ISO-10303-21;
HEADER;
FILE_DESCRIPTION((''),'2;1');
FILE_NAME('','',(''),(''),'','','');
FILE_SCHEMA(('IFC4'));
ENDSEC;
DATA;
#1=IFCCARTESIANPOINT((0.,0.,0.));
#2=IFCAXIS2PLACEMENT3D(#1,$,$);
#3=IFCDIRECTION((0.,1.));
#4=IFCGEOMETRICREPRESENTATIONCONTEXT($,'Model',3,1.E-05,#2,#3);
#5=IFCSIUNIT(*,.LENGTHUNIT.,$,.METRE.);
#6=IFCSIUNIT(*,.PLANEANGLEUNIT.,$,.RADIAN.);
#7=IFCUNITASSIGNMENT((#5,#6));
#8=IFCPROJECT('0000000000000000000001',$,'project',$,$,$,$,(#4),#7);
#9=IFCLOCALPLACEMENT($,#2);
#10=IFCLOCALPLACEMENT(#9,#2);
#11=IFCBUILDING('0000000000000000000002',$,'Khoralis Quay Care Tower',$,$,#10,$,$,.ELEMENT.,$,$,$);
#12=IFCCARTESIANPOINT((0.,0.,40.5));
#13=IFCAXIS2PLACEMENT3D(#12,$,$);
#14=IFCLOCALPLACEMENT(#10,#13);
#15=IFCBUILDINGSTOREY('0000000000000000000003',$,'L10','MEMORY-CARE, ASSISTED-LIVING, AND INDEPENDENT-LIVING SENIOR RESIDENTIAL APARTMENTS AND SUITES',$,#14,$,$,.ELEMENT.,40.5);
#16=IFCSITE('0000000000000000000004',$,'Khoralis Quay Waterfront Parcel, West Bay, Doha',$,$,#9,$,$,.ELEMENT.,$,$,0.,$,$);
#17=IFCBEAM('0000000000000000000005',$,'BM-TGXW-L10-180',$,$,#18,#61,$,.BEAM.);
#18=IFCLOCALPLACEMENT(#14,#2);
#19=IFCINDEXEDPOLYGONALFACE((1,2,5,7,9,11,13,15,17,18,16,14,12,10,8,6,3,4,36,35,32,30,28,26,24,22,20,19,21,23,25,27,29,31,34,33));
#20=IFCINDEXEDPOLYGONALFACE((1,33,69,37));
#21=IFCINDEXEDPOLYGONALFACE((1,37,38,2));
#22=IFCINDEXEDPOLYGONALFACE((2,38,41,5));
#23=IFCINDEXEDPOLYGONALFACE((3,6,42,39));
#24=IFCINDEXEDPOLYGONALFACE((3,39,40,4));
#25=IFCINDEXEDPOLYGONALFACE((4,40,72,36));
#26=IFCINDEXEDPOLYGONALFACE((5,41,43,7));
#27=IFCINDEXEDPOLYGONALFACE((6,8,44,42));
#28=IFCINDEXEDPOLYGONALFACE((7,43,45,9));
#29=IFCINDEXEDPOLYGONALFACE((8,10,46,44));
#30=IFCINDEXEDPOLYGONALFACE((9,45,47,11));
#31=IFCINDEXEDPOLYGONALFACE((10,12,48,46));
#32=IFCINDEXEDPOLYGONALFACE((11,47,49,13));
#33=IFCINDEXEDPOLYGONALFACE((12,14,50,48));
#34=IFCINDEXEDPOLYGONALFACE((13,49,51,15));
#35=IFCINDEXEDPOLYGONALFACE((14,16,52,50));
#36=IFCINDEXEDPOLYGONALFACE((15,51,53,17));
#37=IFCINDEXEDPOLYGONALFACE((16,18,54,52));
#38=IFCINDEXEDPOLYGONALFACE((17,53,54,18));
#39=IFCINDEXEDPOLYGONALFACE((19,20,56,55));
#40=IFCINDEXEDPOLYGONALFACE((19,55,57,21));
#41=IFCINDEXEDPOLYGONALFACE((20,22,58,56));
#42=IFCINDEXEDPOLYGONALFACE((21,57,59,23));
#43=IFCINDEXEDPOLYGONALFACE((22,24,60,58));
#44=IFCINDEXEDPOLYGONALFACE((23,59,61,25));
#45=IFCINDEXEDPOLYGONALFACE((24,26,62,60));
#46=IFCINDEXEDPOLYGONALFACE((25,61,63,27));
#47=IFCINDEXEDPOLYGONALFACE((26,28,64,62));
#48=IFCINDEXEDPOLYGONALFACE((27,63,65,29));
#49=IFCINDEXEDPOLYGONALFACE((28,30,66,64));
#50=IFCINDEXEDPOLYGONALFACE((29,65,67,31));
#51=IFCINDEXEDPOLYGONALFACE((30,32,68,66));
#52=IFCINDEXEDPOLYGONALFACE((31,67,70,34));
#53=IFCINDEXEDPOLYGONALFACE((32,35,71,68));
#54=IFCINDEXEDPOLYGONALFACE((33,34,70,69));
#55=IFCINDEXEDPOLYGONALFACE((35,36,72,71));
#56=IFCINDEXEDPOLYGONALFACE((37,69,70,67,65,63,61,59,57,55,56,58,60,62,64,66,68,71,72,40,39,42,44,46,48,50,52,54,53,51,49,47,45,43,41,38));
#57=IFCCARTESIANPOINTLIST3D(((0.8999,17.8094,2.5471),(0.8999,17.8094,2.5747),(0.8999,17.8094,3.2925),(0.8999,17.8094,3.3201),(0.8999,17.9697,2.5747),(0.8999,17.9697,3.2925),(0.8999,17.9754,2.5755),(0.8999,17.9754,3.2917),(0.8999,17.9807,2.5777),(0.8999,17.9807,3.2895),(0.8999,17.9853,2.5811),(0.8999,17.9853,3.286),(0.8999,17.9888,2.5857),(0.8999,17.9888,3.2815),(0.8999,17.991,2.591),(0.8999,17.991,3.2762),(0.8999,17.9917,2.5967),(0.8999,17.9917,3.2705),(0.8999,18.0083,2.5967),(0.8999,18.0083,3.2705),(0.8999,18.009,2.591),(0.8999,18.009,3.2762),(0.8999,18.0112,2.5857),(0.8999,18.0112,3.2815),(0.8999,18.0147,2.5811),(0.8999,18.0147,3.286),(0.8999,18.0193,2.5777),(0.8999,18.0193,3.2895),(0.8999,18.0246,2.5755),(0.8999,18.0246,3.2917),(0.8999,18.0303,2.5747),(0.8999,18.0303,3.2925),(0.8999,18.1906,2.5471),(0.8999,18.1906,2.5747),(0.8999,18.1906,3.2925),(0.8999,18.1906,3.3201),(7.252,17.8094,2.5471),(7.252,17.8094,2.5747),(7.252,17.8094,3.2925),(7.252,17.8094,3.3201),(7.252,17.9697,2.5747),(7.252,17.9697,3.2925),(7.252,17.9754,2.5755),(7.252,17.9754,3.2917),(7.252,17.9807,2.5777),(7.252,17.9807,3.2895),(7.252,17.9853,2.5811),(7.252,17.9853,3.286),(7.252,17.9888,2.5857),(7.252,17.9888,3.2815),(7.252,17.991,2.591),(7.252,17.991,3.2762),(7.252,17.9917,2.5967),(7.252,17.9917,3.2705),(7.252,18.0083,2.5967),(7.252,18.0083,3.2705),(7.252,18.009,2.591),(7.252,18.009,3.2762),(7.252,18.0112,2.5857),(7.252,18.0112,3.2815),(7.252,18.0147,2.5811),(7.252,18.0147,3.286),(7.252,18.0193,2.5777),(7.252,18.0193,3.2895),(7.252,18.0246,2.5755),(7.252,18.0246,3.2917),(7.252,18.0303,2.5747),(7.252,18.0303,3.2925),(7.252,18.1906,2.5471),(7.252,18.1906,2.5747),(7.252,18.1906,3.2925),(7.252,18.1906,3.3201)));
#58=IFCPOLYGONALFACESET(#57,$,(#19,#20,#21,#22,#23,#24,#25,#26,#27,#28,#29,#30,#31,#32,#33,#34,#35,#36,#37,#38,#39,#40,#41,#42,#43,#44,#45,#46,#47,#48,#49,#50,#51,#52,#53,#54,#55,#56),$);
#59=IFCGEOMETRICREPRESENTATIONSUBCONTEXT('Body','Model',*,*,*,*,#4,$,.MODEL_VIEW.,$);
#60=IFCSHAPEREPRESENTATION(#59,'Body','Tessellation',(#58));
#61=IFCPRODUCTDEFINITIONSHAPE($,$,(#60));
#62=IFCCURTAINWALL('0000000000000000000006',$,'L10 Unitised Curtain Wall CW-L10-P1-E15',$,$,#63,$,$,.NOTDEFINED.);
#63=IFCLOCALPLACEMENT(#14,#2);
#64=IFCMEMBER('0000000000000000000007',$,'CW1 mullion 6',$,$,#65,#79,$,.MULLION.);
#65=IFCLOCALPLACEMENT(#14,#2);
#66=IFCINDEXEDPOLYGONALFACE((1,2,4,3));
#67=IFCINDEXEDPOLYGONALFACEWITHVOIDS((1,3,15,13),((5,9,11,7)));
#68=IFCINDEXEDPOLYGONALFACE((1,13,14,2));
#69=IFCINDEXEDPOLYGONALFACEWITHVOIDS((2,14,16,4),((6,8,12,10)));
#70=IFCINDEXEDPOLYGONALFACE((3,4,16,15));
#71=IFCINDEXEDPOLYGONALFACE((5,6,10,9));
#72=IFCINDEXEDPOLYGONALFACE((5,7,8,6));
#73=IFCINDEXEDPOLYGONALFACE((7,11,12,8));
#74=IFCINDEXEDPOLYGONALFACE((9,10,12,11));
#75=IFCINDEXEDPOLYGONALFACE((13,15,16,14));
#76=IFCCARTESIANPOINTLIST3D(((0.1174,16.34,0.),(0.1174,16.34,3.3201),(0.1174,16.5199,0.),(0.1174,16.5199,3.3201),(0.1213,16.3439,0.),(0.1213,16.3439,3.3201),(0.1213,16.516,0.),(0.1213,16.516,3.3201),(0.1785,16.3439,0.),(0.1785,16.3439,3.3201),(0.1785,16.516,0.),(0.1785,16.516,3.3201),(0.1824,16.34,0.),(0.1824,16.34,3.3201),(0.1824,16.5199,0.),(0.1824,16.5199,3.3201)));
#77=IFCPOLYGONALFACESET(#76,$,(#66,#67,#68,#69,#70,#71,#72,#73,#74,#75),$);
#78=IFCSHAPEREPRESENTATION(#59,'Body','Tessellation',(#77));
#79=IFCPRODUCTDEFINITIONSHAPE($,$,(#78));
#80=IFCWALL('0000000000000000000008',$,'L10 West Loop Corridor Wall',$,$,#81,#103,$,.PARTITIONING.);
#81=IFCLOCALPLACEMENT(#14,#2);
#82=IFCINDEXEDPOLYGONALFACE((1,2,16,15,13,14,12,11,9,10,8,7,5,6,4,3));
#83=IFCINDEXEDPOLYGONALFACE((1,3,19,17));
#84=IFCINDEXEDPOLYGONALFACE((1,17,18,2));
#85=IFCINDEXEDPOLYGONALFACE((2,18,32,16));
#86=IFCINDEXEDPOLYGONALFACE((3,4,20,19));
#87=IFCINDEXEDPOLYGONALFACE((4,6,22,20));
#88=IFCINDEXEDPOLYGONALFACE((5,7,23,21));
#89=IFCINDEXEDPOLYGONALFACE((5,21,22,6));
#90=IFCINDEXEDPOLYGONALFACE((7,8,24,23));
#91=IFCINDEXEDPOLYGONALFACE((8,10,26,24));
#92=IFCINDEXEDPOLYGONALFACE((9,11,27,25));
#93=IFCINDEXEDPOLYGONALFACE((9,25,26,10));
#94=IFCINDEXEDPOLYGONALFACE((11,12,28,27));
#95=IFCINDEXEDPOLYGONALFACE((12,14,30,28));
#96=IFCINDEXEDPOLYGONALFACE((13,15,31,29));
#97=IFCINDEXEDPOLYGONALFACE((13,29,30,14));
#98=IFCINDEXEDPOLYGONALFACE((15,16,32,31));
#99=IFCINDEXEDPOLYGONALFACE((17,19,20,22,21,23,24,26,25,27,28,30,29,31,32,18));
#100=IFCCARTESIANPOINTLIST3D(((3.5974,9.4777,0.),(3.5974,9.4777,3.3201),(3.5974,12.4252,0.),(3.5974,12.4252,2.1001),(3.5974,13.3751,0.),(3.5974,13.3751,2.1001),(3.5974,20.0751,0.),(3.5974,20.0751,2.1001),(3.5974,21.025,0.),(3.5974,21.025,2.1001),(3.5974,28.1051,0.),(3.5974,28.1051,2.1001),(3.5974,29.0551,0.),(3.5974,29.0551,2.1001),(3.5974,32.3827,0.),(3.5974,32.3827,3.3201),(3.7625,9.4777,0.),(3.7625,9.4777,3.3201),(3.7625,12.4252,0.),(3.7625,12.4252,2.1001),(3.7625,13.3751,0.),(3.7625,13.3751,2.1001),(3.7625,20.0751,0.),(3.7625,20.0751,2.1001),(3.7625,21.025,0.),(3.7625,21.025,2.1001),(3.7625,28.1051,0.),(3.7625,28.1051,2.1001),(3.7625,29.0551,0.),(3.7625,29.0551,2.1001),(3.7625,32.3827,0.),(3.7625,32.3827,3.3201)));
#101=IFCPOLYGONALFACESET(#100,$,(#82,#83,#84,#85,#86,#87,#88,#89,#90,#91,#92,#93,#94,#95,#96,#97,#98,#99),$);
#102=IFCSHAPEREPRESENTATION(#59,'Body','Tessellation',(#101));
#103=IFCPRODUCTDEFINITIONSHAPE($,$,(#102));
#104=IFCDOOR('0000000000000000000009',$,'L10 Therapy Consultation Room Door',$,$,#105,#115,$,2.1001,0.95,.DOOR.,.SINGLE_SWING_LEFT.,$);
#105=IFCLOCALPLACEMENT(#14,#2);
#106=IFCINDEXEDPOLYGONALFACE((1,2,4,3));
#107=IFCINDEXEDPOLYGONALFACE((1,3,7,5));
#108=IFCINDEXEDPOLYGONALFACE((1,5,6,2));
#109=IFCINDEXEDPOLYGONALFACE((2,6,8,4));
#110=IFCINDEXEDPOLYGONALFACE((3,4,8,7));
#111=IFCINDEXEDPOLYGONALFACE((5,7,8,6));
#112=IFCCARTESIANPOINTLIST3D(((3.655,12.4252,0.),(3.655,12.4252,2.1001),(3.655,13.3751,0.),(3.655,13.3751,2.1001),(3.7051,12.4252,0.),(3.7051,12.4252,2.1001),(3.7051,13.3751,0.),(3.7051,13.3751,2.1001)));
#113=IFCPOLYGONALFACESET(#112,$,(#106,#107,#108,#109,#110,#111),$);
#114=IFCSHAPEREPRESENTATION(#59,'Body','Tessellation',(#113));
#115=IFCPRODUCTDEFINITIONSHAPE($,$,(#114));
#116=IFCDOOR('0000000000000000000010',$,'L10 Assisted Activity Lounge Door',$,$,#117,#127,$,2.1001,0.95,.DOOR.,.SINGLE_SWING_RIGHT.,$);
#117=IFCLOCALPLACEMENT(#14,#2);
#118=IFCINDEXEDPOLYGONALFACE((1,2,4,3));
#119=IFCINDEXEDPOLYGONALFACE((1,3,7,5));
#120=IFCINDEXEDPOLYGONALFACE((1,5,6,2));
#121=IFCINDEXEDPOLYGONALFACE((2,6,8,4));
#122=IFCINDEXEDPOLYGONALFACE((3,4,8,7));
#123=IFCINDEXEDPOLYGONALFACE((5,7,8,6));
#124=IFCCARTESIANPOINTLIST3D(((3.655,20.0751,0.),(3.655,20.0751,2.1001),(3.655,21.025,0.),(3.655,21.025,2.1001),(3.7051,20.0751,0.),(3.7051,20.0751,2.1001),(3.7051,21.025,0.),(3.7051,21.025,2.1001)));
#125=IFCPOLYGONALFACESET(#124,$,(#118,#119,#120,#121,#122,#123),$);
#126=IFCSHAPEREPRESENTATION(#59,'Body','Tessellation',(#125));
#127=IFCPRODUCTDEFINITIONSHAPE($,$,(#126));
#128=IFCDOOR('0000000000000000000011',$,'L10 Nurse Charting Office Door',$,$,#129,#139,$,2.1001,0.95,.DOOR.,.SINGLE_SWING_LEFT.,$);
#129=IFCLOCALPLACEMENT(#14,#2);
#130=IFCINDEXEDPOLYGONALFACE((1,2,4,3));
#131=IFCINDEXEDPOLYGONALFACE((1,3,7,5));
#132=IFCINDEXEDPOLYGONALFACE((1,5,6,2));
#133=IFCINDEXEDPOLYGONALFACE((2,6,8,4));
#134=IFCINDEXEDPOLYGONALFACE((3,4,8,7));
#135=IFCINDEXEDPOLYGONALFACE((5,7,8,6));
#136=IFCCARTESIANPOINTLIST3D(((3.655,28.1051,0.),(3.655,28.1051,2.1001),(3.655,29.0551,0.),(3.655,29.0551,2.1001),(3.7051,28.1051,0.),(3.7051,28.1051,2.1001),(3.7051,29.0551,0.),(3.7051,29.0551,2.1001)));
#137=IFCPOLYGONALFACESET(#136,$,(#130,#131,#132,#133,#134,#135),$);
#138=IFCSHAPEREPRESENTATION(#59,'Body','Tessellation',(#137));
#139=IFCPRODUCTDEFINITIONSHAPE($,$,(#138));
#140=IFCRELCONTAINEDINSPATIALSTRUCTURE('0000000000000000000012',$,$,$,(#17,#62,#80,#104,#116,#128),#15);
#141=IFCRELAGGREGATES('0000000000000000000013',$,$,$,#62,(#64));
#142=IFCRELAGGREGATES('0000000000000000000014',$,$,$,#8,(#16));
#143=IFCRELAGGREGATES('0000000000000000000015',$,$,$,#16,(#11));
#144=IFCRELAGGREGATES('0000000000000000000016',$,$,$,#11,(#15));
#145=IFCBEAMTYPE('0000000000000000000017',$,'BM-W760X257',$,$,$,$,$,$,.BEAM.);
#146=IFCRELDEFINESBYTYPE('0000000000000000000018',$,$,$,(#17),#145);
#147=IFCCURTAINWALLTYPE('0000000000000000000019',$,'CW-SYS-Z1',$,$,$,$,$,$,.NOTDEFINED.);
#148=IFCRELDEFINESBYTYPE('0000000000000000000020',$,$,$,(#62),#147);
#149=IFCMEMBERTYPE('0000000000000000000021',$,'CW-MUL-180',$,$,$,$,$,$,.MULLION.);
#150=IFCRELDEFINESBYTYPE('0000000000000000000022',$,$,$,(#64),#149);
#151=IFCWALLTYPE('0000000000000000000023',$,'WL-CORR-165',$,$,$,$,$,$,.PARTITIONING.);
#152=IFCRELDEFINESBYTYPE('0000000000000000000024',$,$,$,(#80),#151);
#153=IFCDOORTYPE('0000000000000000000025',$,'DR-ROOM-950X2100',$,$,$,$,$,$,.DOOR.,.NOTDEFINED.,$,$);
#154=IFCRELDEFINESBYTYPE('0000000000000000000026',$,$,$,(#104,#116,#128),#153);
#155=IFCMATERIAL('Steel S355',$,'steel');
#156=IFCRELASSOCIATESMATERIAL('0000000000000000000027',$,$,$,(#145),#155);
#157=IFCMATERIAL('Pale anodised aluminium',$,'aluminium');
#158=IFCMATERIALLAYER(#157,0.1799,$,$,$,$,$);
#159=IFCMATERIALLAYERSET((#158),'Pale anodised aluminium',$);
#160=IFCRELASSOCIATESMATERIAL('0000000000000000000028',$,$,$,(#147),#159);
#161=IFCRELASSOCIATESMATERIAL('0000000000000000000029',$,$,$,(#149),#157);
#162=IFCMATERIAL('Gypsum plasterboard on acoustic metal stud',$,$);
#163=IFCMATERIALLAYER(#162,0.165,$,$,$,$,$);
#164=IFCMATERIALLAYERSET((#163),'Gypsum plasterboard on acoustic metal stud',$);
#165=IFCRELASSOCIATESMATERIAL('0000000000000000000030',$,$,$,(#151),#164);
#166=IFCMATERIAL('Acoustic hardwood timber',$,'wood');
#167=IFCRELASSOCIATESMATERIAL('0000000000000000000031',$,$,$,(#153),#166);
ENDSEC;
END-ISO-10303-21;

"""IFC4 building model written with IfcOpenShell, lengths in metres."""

from ifc_helpers import new_model, si_unit, direction, frame, frame_2d, origin, origin_2d, place, context, subcontext, project, spatial, rectangle, hollow_rectangle, i_section, extrude, source, transform, mapped, material, layer, layer_set, material_profile, profile_set, type_object, element, fill, aggregate, save


model = new_model("IFC4")

# Units and contexts
model_context = context("Model", 3, precision=1e-05, world=origin(), true_north=direction((0.0, 1.0)))
body_context = subcontext(model_context, "Body", "Model", "MODEL_VIEW")
ifc_project = project(units=[si_unit("LENGTHUNIT", "METRE"), si_unit("PLANEANGLEUNIT", "RADIAN")], contexts=[model_context])

# Site, building, storey
site_placement = place(None, origin())
site = spatial("IfcSite", under=ifc_project, at=site_placement, Name="Khoralis Quay Waterfront Parcel, West Bay, Doha", CompositionType="ELEMENT", RefElevation=0.0)
building_placement = place(site_placement, origin())
building = spatial("IfcBuilding", under=site, at=building_placement, Name="Khoralis Quay Care Tower", CompositionType="ELEMENT")
storey_placement = place(building_placement, frame((0.0, 0.0, 40.5)))
storey = spatial("IfcBuildingStorey", under=building, at=storey_placement, Name="L10", Description="MEMORY-CARE, ASSISTED-LIVING, AND INDEPENDENT-LIVING SENIOR RESIDENTIAL APARTMENTS AND SUITES", CompositionType="ELEMENT", Elevation=40.5)

# Beam
ifc_material_1 = material(Name="Steel S355", Category="steel")
ifc_material_profile_1 = material_profile(ifc_material_1, i_section(OverallWidth=0.3811, OverallDepth=0.7729, WebThickness=0.0166, FlangeThickness=0.0276, FilletRadius=0.022, at=origin_2d()), Name="Steel S355")
ifc_profile_set_1 = profile_set([ifc_material_profile_1], Name="Steel S355")
beam_type_1 = type_object("IfcBeamType", Name="BM-W760X257", PredefinedType="BEAM", material=ifc_profile_set_1)
shared_shape_1 = source(origin(), body_context, "Body", "SweptSolid", [
    extrude(i_section(OverallWidth=0.3811, OverallDepth=0.7729, WebThickness=0.0166, FlangeThickness=0.0276, FilletRadius=0.022, at=origin_2d()), origin(), (0.0, 0.0, 1.0), 6.3521),
])
beam_1_placement = place(storey_placement, frame((0.8999, 18.0, 2.9336), z_axis=(1.0, 0.0, 0.0), x_axis=(0.0, 1.0, 0.0)))
element("IfcBeam", 1, at=beam_1_placement, inside=storey, type_object=beam_type_1, Name="BM-TGXW-L10-180", PredefinedType="BEAM", context=body_context, shape_type="MappedRepresentation", body=[
    mapped(shared_shape_1, transform((0.0, 0.0, 0.0), scale=1.0)),
])

# Curtain wall, member
ifc_material_2 = material(Name="Pale anodised aluminium", Category="aluminium")
ifc_layer_1 = layer(ifc_material_2, 0.1799)
ifc_layer_set_1 = layer_set([ifc_layer_1], Name="Pale anodised aluminium")
curtain_wall_type = type_object("IfcCurtainWallType", Name="CW-SYS-Z1", PredefinedType="NOTDEFINED", material=ifc_layer_set_1)
curtain_wall_placement = place(storey_placement, origin())
curtain_wall = element("IfcCurtainWall", 2, at=curtain_wall_placement, inside=storey, type_object=curtain_wall_type, Name="L10 Unitised Curtain Wall CW-L10-P1-E15", PredefinedType="NOTDEFINED")
ifc_material_profile_2 = material_profile(ifc_material_2, hollow_rectangle(XDim=0.0649, YDim=0.1799, WallThickness=0.0039, at=origin_2d()), Name="Pale anodised aluminium")
ifc_profile_set_2 = profile_set([ifc_material_profile_2], Name="Pale anodised aluminium")
member_type = type_object("IfcMemberType", Name="CW-MUL-180", PredefinedType="MULLION", material=ifc_profile_set_2)
shared_shape_2 = source(origin(), body_context, "Body", "SweptSolid", [
    extrude(hollow_rectangle(XDim=0.0649, YDim=0.1799, WallThickness=0.0039, at=origin_2d()), origin(), (0.0, 0.0, 1.0), 3.3201),
])
member_placement = place(storey_placement, frame((0.1499, 16.4299, 0.0), z_axis=(0.0, 0.0, 1.0), x_axis=(1.0, 0.0, 0.0)))
member = element("IfcMember", 3, at=member_placement, type_object=member_type, Name="CW1 mullion 6", PredefinedType="MULLION", context=body_context, shape_type="MappedRepresentation", body=[
    mapped(shared_shape_2, transform((0.0, 0.0, 0.0), scale=1.0)),
])
aggregate(curtain_wall, [member])

# Wall, openings, doors
ifc_material_3 = material(Name="Gypsum plasterboard on acoustic metal stud")
ifc_layer_2 = layer(ifc_material_3, 0.165)
ifc_layer_set_2 = layer_set([ifc_layer_2], Name="Gypsum plasterboard on acoustic metal stud")
wall_type_1 = type_object("IfcWallType", Name="WL-CORR-165", PredefinedType="PARTITIONING", material=ifc_layer_set_2)
wall_1_placement = place(storey_placement, frame((3.6799, 9.4775, 0.0), z_axis=(0.0, 0.0, 1.0), x_axis=(0.0, 1.0, 0.0)))
wall_1 = element("IfcWall", 4, at=wall_1_placement, inside=storey, type_object=wall_type_1, Name="L10 West Loop Corridor Wall", PredefinedType="PARTITIONING", context=body_context, shape_type="SweptSolid", body=[
    extrude(rectangle(XDim=22.905, YDim=0.165, at=frame_2d((11.4526, 0.0))), origin(), (0.0, 0.0, 1.0), 3.3201),
])
opening_1_placement = place(wall_1_placement, frame((2.9475, 0.0, 0.0)))
opening_1 = element("IfcOpeningElement", 5, at=opening_1_placement, cuts=wall_1, PredefinedType="OPENING", context=body_context, shape_type="SweptSolid", body=[
    extrude(rectangle(XDim=0.95, YDim=2.1001, at=frame_2d((0.4751, 1.05))), frame((0.0, 0.0925, 0.0), z_axis=(0.0, -1.0, 0.0), x_axis=(1.0, 0.0, 0.0)), (0.0, 0.0, 1.0), 0.1851),
])
opening_2_placement = place(wall_1_placement, frame((10.5974, 0.0, 0.0)))
opening_2 = element("IfcOpeningElement", 6, at=opening_2_placement, cuts=wall_1, PredefinedType="OPENING", context=body_context, shape_type="SweptSolid", body=[
    extrude(rectangle(XDim=0.95, YDim=2.1001, at=frame_2d((0.4751, 1.05))), frame((0.0, 0.0925, 0.0), z_axis=(0.0, -1.0, 0.0), x_axis=(1.0, 0.0, 0.0)), (0.0, 0.0, 1.0), 0.1851),
])
opening_3_placement = place(wall_1_placement, frame((18.6274, 0.0, 0.0)))
opening_3 = element("IfcOpeningElement", 7, at=opening_3_placement, cuts=wall_1, PredefinedType="OPENING", context=body_context, shape_type="SweptSolid", body=[
    extrude(rectangle(XDim=0.95, YDim=2.1001, at=frame_2d((0.4751, 1.05))), frame((0.0, 0.0925, 0.0), z_axis=(0.0, -1.0, 0.0), x_axis=(1.0, 0.0, 0.0)), (0.0, 0.0, 1.0), 0.1851),
])
ifc_material_4 = material(Name="Acoustic hardwood timber", Category="wood")
door_type = type_object("IfcDoorType", Name="DR-ROOM-950X2100", OperationType="NOTDEFINED", PredefinedType="DOOR", material=ifc_material_4)
shared_shape_3 = source(origin(), body_context, "Body", "SweptSolid", [
    extrude(rectangle(XDim=0.95, YDim=2.1001, at=frame_2d((0.4751, 1.05))), frame((0.0, 0.0249, 0.0), z_axis=(0.0, -1.0, 0.0), x_axis=(1.0, 0.0, 0.0)), (0.0, 0.0, 1.0), 0.05),
])
door_1_placement = place(opening_1_placement, origin())
door_1 = element("IfcDoor", 8, at=door_1_placement, inside=storey, type_object=door_type, Name="L10 Therapy Consultation Room Door", OperationType="SINGLE_SWING_LEFT", OverallHeight=2.1001, OverallWidth=0.95, PredefinedType="DOOR", context=body_context, shape_type="MappedRepresentation", body=[
    mapped(shared_shape_3, transform((0.0, 0.0, 0.0), scale=1.0)),
])
fill(opening_1, door_1)
door_2_placement = place(opening_2_placement, origin())
door_2 = element("IfcDoor", 9, at=door_2_placement, inside=storey, type_object=door_type, Name="L10 Assisted Activity Lounge Door", OperationType="SINGLE_SWING_RIGHT", OverallHeight=2.1001, OverallWidth=0.95, PredefinedType="DOOR", context=body_context, shape_type="MappedRepresentation", body=[
    mapped(shared_shape_3, transform((0.0, 0.0, 0.0), scale=1.0)),
])
fill(opening_2, door_2)
door_3_placement = place(opening_3_placement, origin())
door_3 = element("IfcDoor", 10, at=door_3_placement, inside=storey, type_object=door_type, Name="L10 Nurse Charting Office Door", OperationType="SINGLE_SWING_LEFT", OverallHeight=2.1001, OverallWidth=0.95, PredefinedType="DOOR", context=body_context, shape_type="MappedRepresentation", body=[
    mapped(shared_shape_3, transform((0.0, 0.0, 0.0), scale=1.0)),
])
fill(opening_3, door_3)

save(model, "model.ifc")
